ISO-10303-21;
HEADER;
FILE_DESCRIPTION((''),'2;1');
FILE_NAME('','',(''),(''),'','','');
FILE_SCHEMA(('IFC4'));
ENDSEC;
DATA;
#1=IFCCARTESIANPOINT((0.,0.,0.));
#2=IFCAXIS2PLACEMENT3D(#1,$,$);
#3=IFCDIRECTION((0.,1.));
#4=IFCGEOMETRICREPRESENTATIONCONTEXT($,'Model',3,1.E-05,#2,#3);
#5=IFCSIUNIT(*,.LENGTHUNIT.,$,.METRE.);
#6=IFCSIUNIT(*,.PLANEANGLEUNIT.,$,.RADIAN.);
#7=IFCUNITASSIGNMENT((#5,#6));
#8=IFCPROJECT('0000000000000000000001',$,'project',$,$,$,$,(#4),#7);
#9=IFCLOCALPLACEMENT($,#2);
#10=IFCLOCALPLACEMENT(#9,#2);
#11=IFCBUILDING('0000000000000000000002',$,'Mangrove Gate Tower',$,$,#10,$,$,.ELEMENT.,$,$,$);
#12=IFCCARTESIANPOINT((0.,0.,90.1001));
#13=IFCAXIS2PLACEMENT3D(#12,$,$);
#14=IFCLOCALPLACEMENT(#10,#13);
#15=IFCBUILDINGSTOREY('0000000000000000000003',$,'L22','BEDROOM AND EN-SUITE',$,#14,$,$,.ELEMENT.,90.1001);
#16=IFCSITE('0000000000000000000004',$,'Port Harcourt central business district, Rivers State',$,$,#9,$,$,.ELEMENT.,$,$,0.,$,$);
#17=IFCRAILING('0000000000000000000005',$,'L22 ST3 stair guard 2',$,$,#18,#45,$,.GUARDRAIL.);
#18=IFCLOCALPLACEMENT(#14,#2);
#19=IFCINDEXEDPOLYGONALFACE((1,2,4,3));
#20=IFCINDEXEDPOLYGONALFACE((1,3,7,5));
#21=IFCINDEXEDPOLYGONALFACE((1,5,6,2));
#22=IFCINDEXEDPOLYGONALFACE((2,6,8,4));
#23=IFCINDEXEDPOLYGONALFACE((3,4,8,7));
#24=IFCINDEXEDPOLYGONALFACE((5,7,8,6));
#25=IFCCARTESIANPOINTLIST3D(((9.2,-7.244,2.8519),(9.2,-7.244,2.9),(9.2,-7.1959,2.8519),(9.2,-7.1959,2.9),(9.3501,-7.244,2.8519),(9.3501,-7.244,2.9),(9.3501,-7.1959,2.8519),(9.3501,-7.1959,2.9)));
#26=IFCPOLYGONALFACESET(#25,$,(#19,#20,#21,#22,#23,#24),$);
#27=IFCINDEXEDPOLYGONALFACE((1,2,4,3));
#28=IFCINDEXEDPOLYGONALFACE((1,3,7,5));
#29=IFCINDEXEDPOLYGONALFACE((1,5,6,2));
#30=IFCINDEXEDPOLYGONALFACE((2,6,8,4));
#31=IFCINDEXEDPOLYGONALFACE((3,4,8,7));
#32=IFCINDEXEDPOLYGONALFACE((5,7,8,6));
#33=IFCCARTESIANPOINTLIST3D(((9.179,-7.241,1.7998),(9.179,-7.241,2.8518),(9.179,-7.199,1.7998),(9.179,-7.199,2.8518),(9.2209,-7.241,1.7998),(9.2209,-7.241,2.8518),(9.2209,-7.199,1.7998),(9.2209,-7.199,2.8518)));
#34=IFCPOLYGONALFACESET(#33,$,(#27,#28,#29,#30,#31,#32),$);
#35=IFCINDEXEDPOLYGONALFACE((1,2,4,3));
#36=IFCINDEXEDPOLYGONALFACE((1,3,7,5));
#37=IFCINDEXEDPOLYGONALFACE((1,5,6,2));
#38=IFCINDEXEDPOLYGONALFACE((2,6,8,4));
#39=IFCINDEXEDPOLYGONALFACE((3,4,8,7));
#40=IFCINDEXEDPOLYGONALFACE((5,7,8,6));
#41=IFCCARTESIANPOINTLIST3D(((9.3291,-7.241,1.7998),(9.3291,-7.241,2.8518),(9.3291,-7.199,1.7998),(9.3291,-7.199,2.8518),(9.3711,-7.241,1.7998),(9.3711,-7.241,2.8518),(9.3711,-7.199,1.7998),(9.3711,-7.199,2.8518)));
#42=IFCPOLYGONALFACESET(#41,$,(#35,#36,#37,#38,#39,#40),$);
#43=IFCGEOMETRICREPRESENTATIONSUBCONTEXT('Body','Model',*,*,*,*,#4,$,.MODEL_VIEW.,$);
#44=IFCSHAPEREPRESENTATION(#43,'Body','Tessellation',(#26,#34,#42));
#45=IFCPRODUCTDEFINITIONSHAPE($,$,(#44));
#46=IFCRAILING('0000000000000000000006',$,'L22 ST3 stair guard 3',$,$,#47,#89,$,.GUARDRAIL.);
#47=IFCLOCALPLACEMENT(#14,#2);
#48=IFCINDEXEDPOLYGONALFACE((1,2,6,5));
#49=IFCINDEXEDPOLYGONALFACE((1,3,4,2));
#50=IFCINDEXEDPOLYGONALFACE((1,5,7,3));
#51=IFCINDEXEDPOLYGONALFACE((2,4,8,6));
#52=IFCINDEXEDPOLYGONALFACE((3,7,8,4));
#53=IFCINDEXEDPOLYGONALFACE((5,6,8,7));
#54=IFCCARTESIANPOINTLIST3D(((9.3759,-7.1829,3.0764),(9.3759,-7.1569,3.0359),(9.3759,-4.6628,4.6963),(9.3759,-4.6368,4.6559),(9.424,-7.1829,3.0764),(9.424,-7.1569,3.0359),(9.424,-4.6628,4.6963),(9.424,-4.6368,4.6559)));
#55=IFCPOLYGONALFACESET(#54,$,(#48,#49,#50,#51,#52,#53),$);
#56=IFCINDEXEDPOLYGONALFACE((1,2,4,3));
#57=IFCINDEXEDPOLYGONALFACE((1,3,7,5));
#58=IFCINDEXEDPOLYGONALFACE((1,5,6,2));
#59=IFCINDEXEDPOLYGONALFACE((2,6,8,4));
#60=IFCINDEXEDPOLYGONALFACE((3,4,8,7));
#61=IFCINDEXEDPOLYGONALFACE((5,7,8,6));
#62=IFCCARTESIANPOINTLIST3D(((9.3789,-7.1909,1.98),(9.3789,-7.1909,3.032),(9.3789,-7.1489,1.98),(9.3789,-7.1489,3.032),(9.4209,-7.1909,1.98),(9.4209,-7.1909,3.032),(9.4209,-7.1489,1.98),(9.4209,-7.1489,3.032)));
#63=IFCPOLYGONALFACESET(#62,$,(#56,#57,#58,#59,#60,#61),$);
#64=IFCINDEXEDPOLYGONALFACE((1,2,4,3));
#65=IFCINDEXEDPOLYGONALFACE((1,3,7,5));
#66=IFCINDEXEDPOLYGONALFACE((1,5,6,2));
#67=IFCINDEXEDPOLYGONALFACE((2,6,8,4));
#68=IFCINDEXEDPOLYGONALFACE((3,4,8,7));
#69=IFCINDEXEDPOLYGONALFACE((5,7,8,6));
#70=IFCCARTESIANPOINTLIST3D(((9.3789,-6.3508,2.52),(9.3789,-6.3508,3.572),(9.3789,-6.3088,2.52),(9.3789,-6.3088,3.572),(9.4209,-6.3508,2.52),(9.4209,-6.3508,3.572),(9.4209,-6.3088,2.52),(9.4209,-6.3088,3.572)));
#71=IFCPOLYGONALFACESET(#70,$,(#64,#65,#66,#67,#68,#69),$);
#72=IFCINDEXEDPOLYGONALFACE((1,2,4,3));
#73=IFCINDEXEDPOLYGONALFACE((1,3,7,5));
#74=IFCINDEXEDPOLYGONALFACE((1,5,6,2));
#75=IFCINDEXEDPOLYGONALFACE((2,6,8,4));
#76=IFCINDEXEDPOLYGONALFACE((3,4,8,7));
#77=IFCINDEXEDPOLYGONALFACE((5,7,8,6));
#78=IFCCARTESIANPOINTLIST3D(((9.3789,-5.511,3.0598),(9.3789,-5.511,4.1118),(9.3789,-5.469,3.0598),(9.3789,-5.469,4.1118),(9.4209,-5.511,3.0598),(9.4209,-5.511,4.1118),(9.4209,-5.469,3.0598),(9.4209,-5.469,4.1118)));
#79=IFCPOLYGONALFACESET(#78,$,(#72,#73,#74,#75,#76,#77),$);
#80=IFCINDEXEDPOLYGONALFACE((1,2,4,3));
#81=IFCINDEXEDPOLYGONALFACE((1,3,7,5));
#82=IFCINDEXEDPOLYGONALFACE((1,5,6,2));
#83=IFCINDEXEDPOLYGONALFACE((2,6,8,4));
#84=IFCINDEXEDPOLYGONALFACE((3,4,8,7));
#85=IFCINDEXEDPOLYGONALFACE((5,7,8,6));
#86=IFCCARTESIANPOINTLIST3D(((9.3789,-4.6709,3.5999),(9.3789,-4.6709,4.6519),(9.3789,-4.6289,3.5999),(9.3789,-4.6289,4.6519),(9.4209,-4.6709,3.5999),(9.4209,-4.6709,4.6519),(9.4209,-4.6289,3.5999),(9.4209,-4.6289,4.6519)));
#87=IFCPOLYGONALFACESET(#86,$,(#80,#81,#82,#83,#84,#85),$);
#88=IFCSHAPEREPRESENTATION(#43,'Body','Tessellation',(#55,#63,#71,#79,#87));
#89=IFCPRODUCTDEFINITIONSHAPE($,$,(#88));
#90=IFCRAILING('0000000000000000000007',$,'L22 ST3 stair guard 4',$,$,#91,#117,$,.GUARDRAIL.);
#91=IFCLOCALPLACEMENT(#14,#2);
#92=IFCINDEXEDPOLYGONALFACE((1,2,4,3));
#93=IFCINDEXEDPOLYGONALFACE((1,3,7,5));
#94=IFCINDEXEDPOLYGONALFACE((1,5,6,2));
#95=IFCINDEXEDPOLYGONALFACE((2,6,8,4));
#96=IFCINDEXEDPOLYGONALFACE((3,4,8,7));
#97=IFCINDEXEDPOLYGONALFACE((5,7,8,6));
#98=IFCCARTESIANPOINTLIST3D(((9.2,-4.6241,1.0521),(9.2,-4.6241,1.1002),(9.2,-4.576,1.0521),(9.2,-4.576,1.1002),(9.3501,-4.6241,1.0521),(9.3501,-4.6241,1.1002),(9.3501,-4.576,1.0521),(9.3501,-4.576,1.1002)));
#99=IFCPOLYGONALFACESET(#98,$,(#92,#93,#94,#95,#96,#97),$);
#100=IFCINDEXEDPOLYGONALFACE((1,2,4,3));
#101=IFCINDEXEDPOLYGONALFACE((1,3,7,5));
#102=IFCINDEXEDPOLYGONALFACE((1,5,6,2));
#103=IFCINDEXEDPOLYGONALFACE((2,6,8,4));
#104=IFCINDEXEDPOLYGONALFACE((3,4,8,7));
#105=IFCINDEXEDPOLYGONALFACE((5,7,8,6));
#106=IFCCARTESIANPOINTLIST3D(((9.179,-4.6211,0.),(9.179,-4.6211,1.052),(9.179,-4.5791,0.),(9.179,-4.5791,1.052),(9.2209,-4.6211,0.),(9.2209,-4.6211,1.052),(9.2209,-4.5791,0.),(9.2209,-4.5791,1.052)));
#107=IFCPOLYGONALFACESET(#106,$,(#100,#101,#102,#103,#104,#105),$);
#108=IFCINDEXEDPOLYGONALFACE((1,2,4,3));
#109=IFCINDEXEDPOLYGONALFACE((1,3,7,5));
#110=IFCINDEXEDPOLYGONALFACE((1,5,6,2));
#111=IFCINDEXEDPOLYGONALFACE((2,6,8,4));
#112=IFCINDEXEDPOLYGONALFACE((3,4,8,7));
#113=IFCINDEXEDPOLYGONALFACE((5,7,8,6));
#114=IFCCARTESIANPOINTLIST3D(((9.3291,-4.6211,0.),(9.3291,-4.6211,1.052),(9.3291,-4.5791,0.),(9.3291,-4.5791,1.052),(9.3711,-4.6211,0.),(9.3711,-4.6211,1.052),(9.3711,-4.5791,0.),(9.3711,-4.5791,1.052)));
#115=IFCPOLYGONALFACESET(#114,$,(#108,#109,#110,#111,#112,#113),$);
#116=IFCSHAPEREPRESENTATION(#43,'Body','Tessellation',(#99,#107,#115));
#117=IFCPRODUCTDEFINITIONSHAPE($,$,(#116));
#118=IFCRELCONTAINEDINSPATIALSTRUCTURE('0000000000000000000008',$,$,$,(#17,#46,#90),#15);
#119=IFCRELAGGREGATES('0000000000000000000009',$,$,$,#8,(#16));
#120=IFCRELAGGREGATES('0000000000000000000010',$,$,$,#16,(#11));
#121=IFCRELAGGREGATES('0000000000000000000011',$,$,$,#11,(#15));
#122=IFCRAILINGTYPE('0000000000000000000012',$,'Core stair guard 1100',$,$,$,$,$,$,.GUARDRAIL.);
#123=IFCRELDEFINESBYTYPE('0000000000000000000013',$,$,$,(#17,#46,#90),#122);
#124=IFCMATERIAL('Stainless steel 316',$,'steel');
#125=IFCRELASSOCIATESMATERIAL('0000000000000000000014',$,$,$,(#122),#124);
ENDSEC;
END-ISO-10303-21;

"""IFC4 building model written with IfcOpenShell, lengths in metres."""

from ifc_helpers import new_model, si_unit, direction, frame, origin, origin_2d, place, context, subcontext, project, spatial, rectangle, extrude, material, type_object, element, save


model = new_model("IFC4")

# Units and contexts
model_context = context("Model", 3, precision=1e-05, world=origin(), true_north=direction((0.0, 1.0)))
body_context = subcontext(model_context, "Body", "Model", "MODEL_VIEW")
ifc_project = project(units=[si_unit("LENGTHUNIT", "METRE"), si_unit("PLANEANGLEUNIT", "RADIAN")], contexts=[model_context])

# Site, building, storey
site_placement = place(None, origin())
site = spatial("IfcSite", under=ifc_project, at=site_placement, Name="Port Harcourt central business district, Rivers State", CompositionType="ELEMENT", RefElevation=0.0)
building_placement = place(site_placement, origin())
building = spatial("IfcBuilding", under=site, at=building_placement, Name="Mangrove Gate Tower", CompositionType="ELEMENT")
storey_placement = place(building_placement, frame((0.0, 0.0, 90.1001)))
storey = spatial("IfcBuildingStorey", under=building, at=storey_placement, Name="L22", Description="BEDROOM AND EN-SUITE", CompositionType="ELEMENT", Elevation=90.1001)

# Railings
ifc_material_1 = material(Name="Stainless steel 316", Category="steel")
railing_type_1 = type_object("IfcRailingType", Name="Core stair guard 1100", PredefinedType="GUARDRAIL", material=ifc_material_1)
railing_1_placement = place(storey_placement, frame((9.2, -7.22, 1.7998)))
element("IfcRailing", 1, at=railing_1_placement, inside=storey, type_object=railing_type_1, Name="L22 ST3 stair guard 2", PredefinedType="GUARDRAIL", context=body_context, shape_type="SweptSolid", body=[
    extrude(rectangle(XDim=0.0481, YDim=0.0481, at=origin_2d()), frame((0.0, 0.0, 1.0762), z_axis=(1.0, 0.0, 0.0), x_axis=(0.0, 1.0, 0.0)), (0.0, 0.0, 1.0), 0.1501),
    extrude(rectangle(XDim=0.042, YDim=0.042, at=origin_2d()), origin(), (0.0, 0.0, 1.0), 1.052),
    extrude(rectangle(XDim=0.042, YDim=0.042, at=origin_2d()), frame((0.1501, 0.0, 0.0)), (0.0, 0.0, 1.0), 1.052),
])
railing_2_placement = place(storey_placement, frame((9.3999, -7.1699, 1.98)))
element("IfcRailing", 2, at=railing_2_placement, inside=storey, type_object=railing_type_1, Name="L22 ST3 stair guard 3", PredefinedType="GUARDRAIL", context=body_context, shape_type="SweptSolid", body=[
    extrude(rectangle(XDim=0.0481, YDim=0.0481, at=origin_2d()), frame((0.0, 0.0, 1.0762), z_axis=(0.0, 0.8412, 0.540725), x_axis=(-1.0, 0.0, 0.0)), (0.0, 0.0, 1.0), 2.9958),
    extrude(rectangle(XDim=0.042, YDim=0.042, at=origin_2d()), origin(), (0.0, 0.0, 1.0), 1.052),
    extrude(rectangle(XDim=0.042, YDim=0.042, at=origin_2d()), frame((0.0, 0.8401, 0.54)), (0.0, 0.0, 1.0), 1.052),
    extrude(rectangle(XDim=0.042, YDim=0.042, at=origin_2d()), frame((0.0, 1.6799, 1.0798)), (0.0, 0.0, 1.0), 1.052),
    extrude(rectangle(XDim=0.042, YDim=0.042, at=origin_2d()), frame((0.0, 2.52, 1.6199)), (0.0, 0.0, 1.0), 1.052),
])
railing_3_placement = place(storey_placement, frame((9.2, -4.6001, 0.0)))
element("IfcRailing", 3, at=railing_3_placement, inside=storey, type_object=railing_type_1, Name="L22 ST3 stair guard 4", PredefinedType="GUARDRAIL", context=body_context, shape_type="SweptSolid", body=[
    extrude(rectangle(XDim=0.0481, YDim=0.0481, at=origin_2d()), frame((0.0, 0.0, 1.0762), z_axis=(1.0, 0.0, 0.0), x_axis=(0.0, 1.0, 0.0)), (0.0, 0.0, 1.0), 0.1501),
    extrude(rectangle(XDim=0.042, YDim=0.042, at=origin_2d()), origin(), (0.0, 0.0, 1.0), 1.052),
    extrude(rectangle(XDim=0.042, YDim=0.042, at=origin_2d()), frame((0.1501, 0.0, 0.0)), (0.0, 0.0, 1.0), 1.052),
])

save(model, "model.ifc")
